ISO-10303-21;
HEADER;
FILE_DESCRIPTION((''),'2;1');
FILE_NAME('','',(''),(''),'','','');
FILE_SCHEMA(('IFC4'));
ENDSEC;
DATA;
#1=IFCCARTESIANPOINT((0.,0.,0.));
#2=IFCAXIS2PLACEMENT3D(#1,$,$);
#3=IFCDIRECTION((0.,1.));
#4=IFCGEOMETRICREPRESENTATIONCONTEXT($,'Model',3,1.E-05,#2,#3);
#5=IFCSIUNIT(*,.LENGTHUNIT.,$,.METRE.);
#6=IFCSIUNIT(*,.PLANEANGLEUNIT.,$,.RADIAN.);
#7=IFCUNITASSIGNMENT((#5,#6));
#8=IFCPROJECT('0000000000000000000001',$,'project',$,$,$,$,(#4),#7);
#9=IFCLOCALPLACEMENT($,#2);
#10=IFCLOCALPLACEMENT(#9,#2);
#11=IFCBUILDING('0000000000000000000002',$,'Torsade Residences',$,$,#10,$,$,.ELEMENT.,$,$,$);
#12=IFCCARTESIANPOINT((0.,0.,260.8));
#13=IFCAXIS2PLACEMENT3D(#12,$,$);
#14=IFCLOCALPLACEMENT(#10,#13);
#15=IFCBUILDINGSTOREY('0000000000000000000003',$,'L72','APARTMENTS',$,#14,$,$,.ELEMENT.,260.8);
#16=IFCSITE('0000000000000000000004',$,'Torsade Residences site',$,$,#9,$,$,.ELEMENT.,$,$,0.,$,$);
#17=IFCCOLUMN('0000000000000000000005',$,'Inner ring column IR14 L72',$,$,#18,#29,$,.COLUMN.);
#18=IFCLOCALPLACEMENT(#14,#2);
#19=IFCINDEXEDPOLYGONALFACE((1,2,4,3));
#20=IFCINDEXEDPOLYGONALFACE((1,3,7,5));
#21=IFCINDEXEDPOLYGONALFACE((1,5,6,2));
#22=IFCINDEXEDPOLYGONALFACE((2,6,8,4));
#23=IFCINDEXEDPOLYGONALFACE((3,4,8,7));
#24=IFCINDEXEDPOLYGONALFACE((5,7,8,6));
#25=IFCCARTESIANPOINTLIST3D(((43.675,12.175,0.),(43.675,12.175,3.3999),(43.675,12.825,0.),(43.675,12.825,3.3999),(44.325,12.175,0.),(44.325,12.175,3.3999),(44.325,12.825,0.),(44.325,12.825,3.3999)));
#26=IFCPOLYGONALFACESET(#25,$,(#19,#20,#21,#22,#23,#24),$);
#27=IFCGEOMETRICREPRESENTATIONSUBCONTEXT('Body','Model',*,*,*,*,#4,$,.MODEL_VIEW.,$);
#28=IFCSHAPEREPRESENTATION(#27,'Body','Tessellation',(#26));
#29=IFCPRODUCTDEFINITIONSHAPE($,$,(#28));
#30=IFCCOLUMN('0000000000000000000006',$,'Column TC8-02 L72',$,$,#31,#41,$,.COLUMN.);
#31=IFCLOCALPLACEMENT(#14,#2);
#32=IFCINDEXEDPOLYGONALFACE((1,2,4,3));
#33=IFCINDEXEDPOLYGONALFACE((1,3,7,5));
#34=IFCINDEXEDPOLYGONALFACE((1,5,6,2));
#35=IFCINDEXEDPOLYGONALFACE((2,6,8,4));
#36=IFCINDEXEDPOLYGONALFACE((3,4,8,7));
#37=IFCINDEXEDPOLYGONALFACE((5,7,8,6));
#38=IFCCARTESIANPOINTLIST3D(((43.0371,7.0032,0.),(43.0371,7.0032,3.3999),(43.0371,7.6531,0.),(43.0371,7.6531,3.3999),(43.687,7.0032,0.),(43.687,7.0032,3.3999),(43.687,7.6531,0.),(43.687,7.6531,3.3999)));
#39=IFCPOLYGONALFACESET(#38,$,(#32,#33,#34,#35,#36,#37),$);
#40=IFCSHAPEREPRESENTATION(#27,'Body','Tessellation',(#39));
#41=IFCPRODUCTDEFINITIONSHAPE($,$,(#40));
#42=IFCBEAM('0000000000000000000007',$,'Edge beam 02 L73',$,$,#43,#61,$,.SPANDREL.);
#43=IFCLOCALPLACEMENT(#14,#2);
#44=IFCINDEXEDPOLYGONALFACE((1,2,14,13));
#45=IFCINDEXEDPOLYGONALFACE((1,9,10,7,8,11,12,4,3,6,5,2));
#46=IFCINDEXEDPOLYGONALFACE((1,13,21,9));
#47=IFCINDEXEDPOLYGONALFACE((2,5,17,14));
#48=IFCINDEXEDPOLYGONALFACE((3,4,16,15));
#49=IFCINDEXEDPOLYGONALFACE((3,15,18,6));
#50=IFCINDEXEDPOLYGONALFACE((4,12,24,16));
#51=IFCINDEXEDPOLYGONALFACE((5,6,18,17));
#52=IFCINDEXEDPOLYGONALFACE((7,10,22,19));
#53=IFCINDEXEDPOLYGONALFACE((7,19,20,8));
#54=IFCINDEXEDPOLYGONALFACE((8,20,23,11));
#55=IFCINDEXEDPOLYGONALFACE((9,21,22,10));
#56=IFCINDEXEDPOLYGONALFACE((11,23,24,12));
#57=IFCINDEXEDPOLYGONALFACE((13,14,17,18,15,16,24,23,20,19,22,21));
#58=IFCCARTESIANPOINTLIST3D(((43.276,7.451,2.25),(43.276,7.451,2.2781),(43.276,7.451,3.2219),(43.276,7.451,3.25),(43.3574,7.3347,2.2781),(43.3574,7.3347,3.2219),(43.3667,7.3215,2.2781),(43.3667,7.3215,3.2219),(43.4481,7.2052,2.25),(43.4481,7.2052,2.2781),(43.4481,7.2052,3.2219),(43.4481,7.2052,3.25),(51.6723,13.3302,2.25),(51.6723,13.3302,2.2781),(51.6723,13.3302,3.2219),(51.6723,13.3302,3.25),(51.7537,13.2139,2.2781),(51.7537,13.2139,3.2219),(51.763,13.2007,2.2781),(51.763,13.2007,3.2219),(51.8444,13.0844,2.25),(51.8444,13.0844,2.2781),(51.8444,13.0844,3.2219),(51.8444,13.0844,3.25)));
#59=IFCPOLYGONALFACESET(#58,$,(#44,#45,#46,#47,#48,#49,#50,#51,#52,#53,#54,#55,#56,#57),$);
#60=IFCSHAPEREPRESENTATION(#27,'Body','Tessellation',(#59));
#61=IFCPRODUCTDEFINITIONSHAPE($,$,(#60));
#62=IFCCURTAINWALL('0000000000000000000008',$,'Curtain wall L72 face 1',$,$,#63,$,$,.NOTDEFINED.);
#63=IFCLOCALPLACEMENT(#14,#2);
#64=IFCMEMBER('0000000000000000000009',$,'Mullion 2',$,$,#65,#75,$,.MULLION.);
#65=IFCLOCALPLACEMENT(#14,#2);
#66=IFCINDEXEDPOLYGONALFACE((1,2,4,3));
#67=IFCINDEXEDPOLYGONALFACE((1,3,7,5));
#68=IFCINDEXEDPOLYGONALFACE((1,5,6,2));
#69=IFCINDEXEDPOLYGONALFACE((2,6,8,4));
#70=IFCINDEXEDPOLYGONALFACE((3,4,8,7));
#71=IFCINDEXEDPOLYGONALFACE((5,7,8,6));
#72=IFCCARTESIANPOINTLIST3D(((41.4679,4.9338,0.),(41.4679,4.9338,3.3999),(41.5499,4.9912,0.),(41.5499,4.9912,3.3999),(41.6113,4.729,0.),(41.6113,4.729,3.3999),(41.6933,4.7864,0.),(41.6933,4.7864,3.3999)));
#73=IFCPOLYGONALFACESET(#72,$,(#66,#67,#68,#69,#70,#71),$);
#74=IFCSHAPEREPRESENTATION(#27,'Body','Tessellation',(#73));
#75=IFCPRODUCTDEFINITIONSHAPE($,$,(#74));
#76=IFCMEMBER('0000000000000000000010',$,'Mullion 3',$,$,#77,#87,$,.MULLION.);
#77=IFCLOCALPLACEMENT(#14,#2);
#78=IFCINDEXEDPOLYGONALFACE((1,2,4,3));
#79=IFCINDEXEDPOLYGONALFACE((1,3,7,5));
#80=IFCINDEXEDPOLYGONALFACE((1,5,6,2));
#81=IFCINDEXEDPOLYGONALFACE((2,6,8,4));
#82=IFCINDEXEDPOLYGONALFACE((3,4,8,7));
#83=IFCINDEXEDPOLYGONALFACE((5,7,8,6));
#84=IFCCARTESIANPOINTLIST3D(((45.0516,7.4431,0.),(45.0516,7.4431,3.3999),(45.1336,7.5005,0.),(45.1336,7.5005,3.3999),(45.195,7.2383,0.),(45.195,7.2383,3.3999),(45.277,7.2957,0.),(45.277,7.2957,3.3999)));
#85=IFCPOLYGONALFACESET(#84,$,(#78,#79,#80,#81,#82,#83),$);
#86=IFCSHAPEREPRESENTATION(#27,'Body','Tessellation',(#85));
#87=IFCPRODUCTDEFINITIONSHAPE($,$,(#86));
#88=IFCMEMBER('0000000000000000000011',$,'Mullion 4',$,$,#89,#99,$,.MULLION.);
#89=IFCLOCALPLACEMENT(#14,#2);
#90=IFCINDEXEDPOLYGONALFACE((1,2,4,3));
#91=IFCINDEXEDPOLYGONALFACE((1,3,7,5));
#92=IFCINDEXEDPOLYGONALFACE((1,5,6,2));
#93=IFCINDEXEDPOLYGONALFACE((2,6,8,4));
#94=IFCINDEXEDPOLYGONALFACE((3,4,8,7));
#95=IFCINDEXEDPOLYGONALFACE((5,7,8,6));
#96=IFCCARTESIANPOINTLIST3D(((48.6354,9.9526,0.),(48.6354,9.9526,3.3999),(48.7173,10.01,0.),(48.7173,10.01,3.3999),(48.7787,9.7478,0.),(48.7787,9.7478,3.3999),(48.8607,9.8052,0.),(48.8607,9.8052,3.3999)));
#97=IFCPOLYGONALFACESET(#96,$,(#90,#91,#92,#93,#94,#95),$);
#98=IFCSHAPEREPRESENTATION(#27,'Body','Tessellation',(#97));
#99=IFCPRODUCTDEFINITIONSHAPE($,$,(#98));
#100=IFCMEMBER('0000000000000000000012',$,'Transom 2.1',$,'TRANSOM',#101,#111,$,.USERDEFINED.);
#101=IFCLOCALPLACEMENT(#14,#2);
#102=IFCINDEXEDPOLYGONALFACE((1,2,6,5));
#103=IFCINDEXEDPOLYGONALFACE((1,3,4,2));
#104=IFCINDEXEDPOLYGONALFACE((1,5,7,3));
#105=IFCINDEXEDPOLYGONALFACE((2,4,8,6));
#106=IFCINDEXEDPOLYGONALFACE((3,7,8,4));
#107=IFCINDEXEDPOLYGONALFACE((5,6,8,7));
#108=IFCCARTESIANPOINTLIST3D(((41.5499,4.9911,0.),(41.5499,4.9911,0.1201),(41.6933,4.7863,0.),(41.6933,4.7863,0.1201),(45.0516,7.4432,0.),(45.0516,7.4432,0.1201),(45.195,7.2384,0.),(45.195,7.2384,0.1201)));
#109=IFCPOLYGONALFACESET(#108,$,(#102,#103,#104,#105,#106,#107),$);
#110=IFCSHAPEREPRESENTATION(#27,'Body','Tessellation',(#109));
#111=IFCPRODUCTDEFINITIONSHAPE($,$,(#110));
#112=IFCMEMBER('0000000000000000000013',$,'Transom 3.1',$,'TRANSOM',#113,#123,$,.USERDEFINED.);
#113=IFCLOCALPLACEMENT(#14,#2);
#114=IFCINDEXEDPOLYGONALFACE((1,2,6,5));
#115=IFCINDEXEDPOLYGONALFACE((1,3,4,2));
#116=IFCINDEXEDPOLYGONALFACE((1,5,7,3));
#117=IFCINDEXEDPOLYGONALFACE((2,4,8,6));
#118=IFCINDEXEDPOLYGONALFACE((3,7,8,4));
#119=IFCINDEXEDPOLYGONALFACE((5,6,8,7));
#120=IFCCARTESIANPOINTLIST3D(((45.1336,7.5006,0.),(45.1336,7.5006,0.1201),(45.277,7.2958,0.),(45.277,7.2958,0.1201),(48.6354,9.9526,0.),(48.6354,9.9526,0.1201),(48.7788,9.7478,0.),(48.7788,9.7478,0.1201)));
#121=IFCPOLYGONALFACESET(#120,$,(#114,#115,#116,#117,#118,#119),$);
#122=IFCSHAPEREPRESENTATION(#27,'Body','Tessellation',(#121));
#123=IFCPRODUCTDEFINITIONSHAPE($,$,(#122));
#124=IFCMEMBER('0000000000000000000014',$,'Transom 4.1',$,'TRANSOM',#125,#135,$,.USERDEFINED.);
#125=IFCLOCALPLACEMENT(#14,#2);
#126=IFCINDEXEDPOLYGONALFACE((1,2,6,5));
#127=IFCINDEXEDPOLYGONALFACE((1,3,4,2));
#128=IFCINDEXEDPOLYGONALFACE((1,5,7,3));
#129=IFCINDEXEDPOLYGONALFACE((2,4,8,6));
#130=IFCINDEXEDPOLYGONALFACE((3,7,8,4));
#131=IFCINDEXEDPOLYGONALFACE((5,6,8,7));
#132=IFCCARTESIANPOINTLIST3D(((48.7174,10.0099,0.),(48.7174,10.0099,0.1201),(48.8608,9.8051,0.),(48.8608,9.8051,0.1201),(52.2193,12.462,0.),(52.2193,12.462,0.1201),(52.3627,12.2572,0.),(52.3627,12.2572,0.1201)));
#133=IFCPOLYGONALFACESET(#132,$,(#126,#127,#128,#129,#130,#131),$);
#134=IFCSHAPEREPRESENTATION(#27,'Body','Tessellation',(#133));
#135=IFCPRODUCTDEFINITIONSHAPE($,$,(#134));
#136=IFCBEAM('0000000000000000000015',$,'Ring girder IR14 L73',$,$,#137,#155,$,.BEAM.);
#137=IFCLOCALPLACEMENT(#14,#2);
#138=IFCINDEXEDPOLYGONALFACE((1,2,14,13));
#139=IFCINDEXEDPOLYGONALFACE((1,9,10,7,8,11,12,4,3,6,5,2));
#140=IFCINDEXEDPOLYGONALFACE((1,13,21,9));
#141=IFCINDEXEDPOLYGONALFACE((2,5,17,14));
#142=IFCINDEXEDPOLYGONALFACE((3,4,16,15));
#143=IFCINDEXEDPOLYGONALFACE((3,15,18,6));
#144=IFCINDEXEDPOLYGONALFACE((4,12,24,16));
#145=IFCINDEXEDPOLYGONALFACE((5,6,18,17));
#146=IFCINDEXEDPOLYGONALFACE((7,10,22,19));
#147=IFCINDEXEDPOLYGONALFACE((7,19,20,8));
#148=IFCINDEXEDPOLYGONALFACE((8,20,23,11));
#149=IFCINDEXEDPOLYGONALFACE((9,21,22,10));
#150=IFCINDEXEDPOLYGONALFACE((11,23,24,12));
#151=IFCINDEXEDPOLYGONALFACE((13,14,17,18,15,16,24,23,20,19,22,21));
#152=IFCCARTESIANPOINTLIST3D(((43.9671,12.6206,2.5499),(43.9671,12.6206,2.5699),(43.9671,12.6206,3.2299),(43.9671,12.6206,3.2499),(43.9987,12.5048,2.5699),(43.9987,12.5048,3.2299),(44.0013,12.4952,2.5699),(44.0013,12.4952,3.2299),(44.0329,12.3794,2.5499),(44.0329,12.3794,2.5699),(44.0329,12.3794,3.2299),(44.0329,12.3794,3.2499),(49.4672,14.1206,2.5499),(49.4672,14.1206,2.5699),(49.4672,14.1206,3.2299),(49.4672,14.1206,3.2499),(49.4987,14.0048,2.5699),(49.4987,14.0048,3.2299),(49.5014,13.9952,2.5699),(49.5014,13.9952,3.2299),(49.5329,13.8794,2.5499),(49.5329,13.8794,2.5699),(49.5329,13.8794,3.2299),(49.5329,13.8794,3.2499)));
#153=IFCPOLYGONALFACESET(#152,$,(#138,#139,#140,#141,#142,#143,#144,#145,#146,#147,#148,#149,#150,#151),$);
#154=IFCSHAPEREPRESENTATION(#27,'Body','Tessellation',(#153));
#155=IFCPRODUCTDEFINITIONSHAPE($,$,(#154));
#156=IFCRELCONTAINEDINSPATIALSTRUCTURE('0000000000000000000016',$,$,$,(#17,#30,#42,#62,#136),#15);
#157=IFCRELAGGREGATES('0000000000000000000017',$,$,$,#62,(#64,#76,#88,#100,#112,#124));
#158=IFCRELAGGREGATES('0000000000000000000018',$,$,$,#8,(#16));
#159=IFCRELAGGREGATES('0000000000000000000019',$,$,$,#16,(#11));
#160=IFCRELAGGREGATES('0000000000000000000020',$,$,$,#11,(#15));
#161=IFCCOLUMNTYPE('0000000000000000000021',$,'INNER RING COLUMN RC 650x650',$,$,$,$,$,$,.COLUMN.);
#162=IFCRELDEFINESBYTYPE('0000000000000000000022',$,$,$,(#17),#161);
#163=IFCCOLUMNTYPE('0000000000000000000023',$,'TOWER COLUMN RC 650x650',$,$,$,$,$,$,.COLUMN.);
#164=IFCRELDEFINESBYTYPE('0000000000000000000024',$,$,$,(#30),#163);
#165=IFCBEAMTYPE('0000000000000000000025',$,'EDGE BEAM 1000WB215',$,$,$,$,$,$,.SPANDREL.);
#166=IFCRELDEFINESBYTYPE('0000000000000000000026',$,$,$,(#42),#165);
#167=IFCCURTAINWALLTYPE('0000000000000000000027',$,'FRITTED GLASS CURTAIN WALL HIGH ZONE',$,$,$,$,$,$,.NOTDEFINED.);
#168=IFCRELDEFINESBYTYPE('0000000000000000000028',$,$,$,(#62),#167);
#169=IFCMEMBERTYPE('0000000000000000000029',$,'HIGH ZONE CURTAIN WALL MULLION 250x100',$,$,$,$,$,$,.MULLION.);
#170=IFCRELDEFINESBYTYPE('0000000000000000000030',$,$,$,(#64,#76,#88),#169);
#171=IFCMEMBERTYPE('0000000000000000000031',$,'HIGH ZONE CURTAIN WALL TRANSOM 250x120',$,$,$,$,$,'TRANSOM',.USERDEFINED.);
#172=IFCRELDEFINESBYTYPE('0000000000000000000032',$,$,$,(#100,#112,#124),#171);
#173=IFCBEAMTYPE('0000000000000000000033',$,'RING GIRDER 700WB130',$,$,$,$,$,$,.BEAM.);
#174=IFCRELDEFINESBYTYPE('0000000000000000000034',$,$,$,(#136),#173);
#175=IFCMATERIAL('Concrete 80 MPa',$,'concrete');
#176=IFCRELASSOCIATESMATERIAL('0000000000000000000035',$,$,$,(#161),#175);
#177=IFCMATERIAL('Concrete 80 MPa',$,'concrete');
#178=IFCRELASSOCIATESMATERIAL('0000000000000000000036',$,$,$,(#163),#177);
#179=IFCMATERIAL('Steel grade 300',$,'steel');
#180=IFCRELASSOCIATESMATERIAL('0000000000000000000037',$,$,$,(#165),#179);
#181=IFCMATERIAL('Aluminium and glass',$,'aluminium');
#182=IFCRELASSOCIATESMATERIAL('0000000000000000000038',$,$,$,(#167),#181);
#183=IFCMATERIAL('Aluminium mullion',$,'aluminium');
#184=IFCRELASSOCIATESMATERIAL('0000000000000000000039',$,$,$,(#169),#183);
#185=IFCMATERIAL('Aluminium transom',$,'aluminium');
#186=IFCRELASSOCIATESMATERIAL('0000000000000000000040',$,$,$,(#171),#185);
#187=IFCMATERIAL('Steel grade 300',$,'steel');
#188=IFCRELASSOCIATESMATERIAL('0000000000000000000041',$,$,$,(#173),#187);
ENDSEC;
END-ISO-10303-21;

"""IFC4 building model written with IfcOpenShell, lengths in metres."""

from ifc_helpers import new_model, si_unit, direction, frame, origin, origin_2d, place, context, subcontext, project, spatial, rectangle, i_section, extrude, material, material_profile, profile_set, type_object, element, aggregate, save


model = new_model("IFC4")

# Units and contexts
model_context = context("Model", 3, precision=1e-05, world=origin(), true_north=direction((0.0, 1.0)))
body_context = subcontext(model_context, "Body", "Model", "MODEL_VIEW")
ifc_project = project(units=[si_unit("LENGTHUNIT", "METRE"), si_unit("PLANEANGLEUNIT", "RADIAN")], contexts=[model_context])

# Site, building, storey
site_placement = place(None, origin())
site = spatial("IfcSite", under=ifc_project, at=site_placement, Name="Torsade Residences site", CompositionType="ELEMENT", RefElevation=0.0)
building_placement = place(site_placement, origin())
building = spatial("IfcBuilding", under=site, at=building_placement, Name="Torsade Residences", CompositionType="ELEMENT")
storey_placement = place(building_placement, frame((0.0, 0.0, 260.8)))
storey = spatial("IfcBuildingStorey", under=building, at=storey_placement, Name="L72", Description="APARTMENTS", CompositionType="ELEMENT", Elevation=260.8)

# Columns
ifc_material_1 = material(Name="Concrete 80 MPa", Category="concrete")
ifc_material_profile_1 = material_profile(ifc_material_1, rectangle(XDim=0.6499, YDim=0.6499, at=origin_2d()), Name="RC 650x650")
ifc_profile_set_1 = profile_set([ifc_material_profile_1], Name="Concrete 80 MPa")
column_type_1 = type_object("IfcColumnType", Name="INNER RING COLUMN RC 650x650", PredefinedType="COLUMN", material=ifc_profile_set_1)
column_1_placement = place(storey_placement, frame((44.0, 12.5, 0.0), z_axis=(0.0, 0.0, 1.0), x_axis=(1.0, 0.0, 0.0)))
element("IfcColumn", 1, at=column_1_placement, inside=storey, type_object=column_type_1, Name="Inner ring column IR14 L72", PredefinedType="COLUMN", context=body_context, shape_type="SweptSolid", body=[
    extrude(rectangle(XDim=0.6499, YDim=0.6499, at=origin_2d()), origin(), (0.0, 0.0, 1.0), 3.3999),
])
ifc_material_2 = material(Name="Concrete 80 MPa", Category="concrete")
ifc_material_profile_2 = material_profile(ifc_material_2, rectangle(XDim=0.6499, YDim=0.6499, at=origin_2d()), Name="RC 650x650")
ifc_profile_set_2 = profile_set([ifc_material_profile_2], Name="Concrete 80 MPa")
column_type_2 = type_object("IfcColumnType", Name="TOWER COLUMN RC 650x650", PredefinedType="COLUMN", material=ifc_profile_set_2)
column_2_placement = place(storey_placement, frame((43.3621, 7.3281, 0.0), z_axis=(0.0, 0.0, 1.0), x_axis=(1.0, 0.0, 0.0)))
element("IfcColumn", 2, at=column_2_placement, inside=storey, type_object=column_type_2, Name="Column TC8-02 L72", PredefinedType="COLUMN", context=body_context, shape_type="SweptSolid", body=[
    extrude(rectangle(XDim=0.6499, YDim=0.6499, at=origin_2d()), origin(), (0.0, 0.0, 1.0), 3.3999),
])

# Beam
ifc_material_3 = material(Name="Steel grade 300", Category="steel")
ifc_material_profile_3 = material_profile(ifc_material_3, i_section(OverallWidth=0.3, OverallDepth=1.0, WebThickness=0.0161, FlangeThickness=0.0281, at=origin_2d()), Name="1000WB215")
ifc_profile_set_3 = profile_set([ifc_material_profile_3], Name="Steel grade 300")
beam_type_1 = type_object("IfcBeamType", Name="EDGE BEAM 1000WB215", PredefinedType="SPANDREL", material=ifc_profile_set_3)
beam_1_placement = place(storey_placement, frame((43.3621, 7.3281, 2.75), z_axis=(0.81915, 0.573579, 0.0), x_axis=(-0.573579, 0.81915, 0.0)))
element("IfcBeam", 3, at=beam_1_placement, inside=storey, type_object=beam_type_1, Name="Edge beam 02 L73", PredefinedType="SPANDREL", context=body_context, shape_type="SweptSolid", body=[
    extrude(i_section(OverallWidth=0.3, OverallDepth=1.0, WebThickness=0.0161, FlangeThickness=0.0281, at=origin_2d()), origin(), (0.0, 0.0, 1.0), 10.25),
])

# Curtain wall, members
ifc_material_4 = material(Name="Aluminium and glass", Category="aluminium")
curtain_wall_type = type_object("IfcCurtainWallType", Name="FRITTED GLASS CURTAIN WALL HIGH ZONE", PredefinedType="NOTDEFINED", material=ifc_material_4)
curtain_wall_placement = place(storey_placement, origin())
curtain_wall = element("IfcCurtainWall", 4, at=curtain_wall_placement, inside=storey, type_object=curtain_wall_type, Name="Curtain wall L72 face 1", PredefinedType="NOTDEFINED")
ifc_material_5 = material(Name="Aluminium mullion", Category="aluminium")
ifc_material_profile_4 = material_profile(ifc_material_5, rectangle(XDim=0.25, YDim=0.1001, at=origin_2d()), Name="HIGH ZONE CURTAIN WALL MULLION 250x100")
ifc_profile_set_4 = profile_set([ifc_material_profile_4], Name="Aluminium mullion")
member_type_1 = type_object("IfcMemberType", Name="HIGH ZONE CURTAIN WALL MULLION 250x100", PredefinedType="MULLION", material=ifc_profile_set_4)
member_1_placement = place(storey_placement, frame((41.5806, 4.8601, 0.0), z_axis=(0.0, 0.0, 1.0), x_axis=(-0.573576, 0.819152, 0.0)))
member_1 = element("IfcMember", 5, at=member_1_placement, type_object=member_type_1, Name="Mullion 2", PredefinedType="MULLION", context=body_context, shape_type="SweptSolid", body=[
    extrude(rectangle(XDim=0.25, YDim=0.1001, at=origin_2d()), origin(), (0.0, 0.0, 1.0), 3.3999),
])
member_2_placement = place(storey_placement, frame((45.1643, 7.3694, 0.0), z_axis=(0.0, 0.0, 1.0), x_axis=(-0.573576, 0.819152, 0.0)))
member_2 = element("IfcMember", 6, at=member_2_placement, type_object=member_type_1, Name="Mullion 3", PredefinedType="MULLION", context=body_context, shape_type="SweptSolid", body=[
    extrude(rectangle(XDim=0.25, YDim=0.1001, at=origin_2d()), origin(), (0.0, 0.0, 1.0), 3.3999),
])
member_3_placement = place(storey_placement, frame((48.748, 9.8789, 0.0), z_axis=(0.0, 0.0, 1.0), x_axis=(-0.573576, 0.819152, 0.0)))
member_3 = element("IfcMember", 7, at=member_3_placement, type_object=member_type_1, Name="Mullion 4", PredefinedType="MULLION", context=body_context, shape_type="SweptSolid", body=[
    extrude(rectangle(XDim=0.25, YDim=0.1001, at=origin_2d()), origin(), (0.0, 0.0, 1.0), 3.3999),
])
ifc_material_6 = material(Name="Aluminium transom", Category="aluminium")
ifc_material_profile_5 = material_profile(ifc_material_6, rectangle(XDim=0.25, YDim=0.1201, at=origin_2d()), Name="HIGH ZONE CURTAIN WALL TRANSOM 250x120")
ifc_profile_set_5 = profile_set([ifc_material_profile_5], Name="Aluminium transom")
member_type_2 = type_object("IfcMemberType", Name="HIGH ZONE CURTAIN WALL TRANSOM 250x120", ElementType="TRANSOM", PredefinedType="USERDEFINED", material=ifc_profile_set_5)
member_4_placement = place(storey_placement, frame((41.6216, 4.8887, 0.0601), z_axis=(0.819127, 0.573612, 0.0), x_axis=(-0.573612, 0.819127, 0.0)))
member_4 = element("IfcMember", 8, at=member_4_placement, type_object=member_type_2, Name="Transom 2.1", ObjectType="TRANSOM", PredefinedType="USERDEFINED", context=body_context, shape_type="SweptSolid", body=[
    extrude(rectangle(XDim=0.25, YDim=0.1201, at=origin_2d()), origin(), (0.0, 0.0, 1.0), 4.2749),
])
member_5_placement = place(storey_placement, frame((45.2053, 7.3982, 0.0601), z_axis=(0.819154, 0.573573, 0.0), x_axis=(-0.573573, 0.819154, 0.0)))
member_5 = element("IfcMember", 9, at=member_5_placement, type_object=member_type_2, Name="Transom 3.1", ObjectType="TRANSOM", PredefinedType="USERDEFINED", context=body_context, shape_type="SweptSolid", body=[
    extrude(rectangle(XDim=0.25, YDim=0.1201, at=origin_2d()), origin(), (0.0, 0.0, 1.0), 4.2749),
])
member_6_placement = place(storey_placement, frame((48.7891, 9.9075, 0.0601), z_axis=(0.819146, 0.573585, 0.0), x_axis=(-0.573585, 0.819146, 0.0)))
member_6 = element("IfcMember", 10, at=member_6_placement, type_object=member_type_2, Name="Transom 4.1", ObjectType="TRANSOM", PredefinedType="USERDEFINED", context=body_context, shape_type="SweptSolid", body=[
    extrude(rectangle(XDim=0.25, YDim=0.1201, at=origin_2d()), origin(), (0.0, 0.0, 1.0), 4.2751),
])

# Beam
ifc_material_7 = material(Name="Steel grade 300", Category="steel")
ifc_material_profile_6 = material_profile(ifc_material_7, i_section(OverallWidth=0.25, OverallDepth=0.7, WebThickness=0.01, FlangeThickness=0.02, at=origin_2d()), Name="700WB130")
ifc_profile_set_6 = profile_set([ifc_material_profile_6], Name="Steel grade 300")
beam_type_2 = type_object("IfcBeamType", Name="RING GIRDER 700WB130", PredefinedType="BEAM", material=ifc_profile_set_6)
beam_2_placement = place(storey_placement, frame((44.0, 12.5, 2.8999), z_axis=(0.964764, 0.263117, 0.0), x_axis=(-0.263117, 0.964764, 0.0)))
element("IfcBeam", 11, at=beam_2_placement, inside=storey, type_object=beam_type_2, Name="Ring girder IR14 L73", PredefinedType="BEAM", context=body_context, shape_type="SweptSolid", body=[
    extrude(i_section(OverallWidth=0.25, OverallDepth=0.7, WebThickness=0.01, FlangeThickness=0.02, at=origin_2d()), origin(), (0.0, 0.0, 1.0), 5.7009),
])

aggregate(curtain_wall, [member_1, member_2, member_3, member_4, member_5, member_6])

save(model, "model.ifc")
